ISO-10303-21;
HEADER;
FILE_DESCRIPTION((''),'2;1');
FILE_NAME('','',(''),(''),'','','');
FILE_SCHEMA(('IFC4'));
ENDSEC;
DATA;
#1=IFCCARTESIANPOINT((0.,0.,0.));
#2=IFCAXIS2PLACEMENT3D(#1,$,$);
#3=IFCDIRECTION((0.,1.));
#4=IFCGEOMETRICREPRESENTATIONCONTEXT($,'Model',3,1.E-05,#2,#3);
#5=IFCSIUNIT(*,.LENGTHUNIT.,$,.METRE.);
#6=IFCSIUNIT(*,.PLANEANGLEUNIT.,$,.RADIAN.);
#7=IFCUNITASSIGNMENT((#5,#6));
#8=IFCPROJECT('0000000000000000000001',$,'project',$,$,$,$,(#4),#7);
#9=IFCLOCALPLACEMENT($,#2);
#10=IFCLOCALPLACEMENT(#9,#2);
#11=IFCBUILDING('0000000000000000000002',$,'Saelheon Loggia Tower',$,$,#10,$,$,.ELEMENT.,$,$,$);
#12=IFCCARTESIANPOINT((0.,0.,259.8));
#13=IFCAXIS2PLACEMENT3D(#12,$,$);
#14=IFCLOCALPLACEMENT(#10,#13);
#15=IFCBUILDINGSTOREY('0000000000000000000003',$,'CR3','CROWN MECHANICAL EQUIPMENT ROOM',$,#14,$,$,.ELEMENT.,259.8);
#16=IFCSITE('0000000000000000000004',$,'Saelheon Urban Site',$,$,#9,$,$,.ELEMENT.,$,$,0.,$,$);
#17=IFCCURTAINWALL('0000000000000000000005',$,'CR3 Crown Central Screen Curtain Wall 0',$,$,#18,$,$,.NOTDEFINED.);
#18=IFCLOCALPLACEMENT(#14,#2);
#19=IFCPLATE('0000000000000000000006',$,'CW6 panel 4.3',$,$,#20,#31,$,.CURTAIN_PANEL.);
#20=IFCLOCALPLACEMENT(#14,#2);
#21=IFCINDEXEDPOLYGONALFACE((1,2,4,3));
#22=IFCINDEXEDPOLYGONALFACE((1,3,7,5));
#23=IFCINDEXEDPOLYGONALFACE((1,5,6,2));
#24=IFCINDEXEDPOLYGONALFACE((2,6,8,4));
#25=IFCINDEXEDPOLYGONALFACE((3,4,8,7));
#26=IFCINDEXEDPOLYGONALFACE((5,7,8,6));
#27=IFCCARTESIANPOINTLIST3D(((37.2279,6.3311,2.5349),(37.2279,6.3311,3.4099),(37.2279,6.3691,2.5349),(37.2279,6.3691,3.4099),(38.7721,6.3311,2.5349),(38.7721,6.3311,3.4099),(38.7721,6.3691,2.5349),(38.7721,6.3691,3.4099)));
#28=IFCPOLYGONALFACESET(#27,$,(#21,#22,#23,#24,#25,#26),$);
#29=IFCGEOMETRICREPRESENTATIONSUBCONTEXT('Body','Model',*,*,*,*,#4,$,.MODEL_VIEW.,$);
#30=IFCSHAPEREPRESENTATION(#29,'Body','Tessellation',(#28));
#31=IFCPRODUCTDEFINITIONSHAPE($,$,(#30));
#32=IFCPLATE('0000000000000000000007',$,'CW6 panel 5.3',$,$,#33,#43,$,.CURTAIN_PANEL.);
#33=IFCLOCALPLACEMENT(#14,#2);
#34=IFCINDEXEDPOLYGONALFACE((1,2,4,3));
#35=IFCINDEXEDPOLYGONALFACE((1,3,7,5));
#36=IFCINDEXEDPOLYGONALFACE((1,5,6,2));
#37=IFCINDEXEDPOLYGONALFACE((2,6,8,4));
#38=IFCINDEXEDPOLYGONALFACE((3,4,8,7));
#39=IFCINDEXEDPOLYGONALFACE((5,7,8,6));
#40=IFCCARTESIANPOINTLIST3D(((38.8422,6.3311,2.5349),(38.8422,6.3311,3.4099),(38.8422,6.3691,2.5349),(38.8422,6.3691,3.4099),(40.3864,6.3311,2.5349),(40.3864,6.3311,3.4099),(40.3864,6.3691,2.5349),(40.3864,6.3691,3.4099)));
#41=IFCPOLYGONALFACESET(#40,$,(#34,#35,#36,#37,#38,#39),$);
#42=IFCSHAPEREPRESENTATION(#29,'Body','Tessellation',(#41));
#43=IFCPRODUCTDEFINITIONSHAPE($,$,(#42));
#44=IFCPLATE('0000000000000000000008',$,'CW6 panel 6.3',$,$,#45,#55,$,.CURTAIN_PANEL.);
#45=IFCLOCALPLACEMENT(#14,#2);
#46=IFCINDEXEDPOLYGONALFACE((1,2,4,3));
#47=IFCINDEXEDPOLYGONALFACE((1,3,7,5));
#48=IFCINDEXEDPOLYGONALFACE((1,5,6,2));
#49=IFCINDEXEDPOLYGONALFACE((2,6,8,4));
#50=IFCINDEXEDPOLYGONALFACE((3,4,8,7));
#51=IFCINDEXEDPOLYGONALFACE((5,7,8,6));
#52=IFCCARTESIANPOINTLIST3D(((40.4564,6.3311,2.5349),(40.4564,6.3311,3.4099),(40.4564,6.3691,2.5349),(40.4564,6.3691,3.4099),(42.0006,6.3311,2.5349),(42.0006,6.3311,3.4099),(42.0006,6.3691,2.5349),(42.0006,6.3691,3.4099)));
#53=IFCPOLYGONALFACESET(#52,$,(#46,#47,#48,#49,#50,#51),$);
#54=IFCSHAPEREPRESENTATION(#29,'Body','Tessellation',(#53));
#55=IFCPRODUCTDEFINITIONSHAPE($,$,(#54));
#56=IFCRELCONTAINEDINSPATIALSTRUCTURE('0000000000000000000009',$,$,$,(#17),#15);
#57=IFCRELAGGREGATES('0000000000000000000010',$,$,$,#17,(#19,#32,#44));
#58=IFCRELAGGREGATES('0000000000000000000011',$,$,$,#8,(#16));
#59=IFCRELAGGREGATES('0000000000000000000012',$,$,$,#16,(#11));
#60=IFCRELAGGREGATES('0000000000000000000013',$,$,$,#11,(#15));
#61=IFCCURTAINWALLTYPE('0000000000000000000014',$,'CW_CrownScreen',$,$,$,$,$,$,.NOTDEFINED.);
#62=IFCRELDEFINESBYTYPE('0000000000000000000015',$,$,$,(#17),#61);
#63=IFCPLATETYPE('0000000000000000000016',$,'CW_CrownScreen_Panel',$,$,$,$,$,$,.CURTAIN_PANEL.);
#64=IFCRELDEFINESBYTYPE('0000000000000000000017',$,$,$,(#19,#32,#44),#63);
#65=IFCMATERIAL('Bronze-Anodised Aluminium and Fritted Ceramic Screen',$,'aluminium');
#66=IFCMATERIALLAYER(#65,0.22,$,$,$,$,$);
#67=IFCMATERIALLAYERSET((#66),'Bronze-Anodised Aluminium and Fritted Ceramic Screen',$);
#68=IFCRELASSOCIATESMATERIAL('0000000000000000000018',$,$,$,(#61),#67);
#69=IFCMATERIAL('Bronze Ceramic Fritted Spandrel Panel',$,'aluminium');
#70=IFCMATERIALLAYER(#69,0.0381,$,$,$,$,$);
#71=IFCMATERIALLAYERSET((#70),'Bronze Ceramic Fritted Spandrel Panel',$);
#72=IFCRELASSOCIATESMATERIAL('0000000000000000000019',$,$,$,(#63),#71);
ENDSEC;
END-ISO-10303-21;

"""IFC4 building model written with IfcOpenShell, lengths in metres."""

from ifc_helpers import new_model, si_unit, direction, frame, origin, origin_2d, place, context, subcontext, project, spatial, rectangle, extrude, source, transform, mapped, material, layer, layer_set, type_object, element, aggregate, save


model = new_model("IFC4")

# Units and contexts
model_context = context("Model", 3, precision=1e-05, world=origin(), true_north=direction((0.0, 1.0)))
body_context = subcontext(model_context, "Body", "Model", "MODEL_VIEW")
ifc_project = project(units=[si_unit("LENGTHUNIT", "METRE"), si_unit("PLANEANGLEUNIT", "RADIAN")], contexts=[model_context])

# Site, building, storey
site_placement = place(None, origin())
site = spatial("IfcSite", under=ifc_project, at=site_placement, Name="Saelheon Urban Site", CompositionType="ELEMENT", RefElevation=0.0)
building_placement = place(site_placement, origin())
building = spatial("IfcBuilding", under=site, at=building_placement, Name="Saelheon Loggia Tower", CompositionType="ELEMENT")
storey_placement = place(building_placement, frame((0.0, 0.0, 259.8)))
storey = spatial("IfcBuildingStorey", under=building, at=storey_placement, Name="CR3", Description="CROWN MECHANICAL EQUIPMENT ROOM", CompositionType="ELEMENT", Elevation=259.8)

# Curtain wall, plates
ifc_material_1 = material(Name="Bronze-Anodised Aluminium and Fritted Ceramic Screen", Category="aluminium")
ifc_layer_1 = layer(ifc_material_1, 0.22)
ifc_layer_set_1 = layer_set([ifc_layer_1], Name="Bronze-Anodised Aluminium and Fritted Ceramic Screen")
curtain_wall_type = type_object("IfcCurtainWallType", Name="CW_CrownScreen", PredefinedType="NOTDEFINED", material=ifc_layer_set_1)
curtain_wall_placement = place(storey_placement, origin())
curtain_wall = element("IfcCurtainWall", 1, at=curtain_wall_placement, inside=storey, type_object=curtain_wall_type, Name="CR3 Crown Central Screen Curtain Wall 0", PredefinedType="NOTDEFINED")
ifc_material_2 = material(Name="Bronze Ceramic Fritted Spandrel Panel", Category="aluminium")
ifc_layer_2 = layer(ifc_material_2, 0.0381)
ifc_layer_set_2 = layer_set([ifc_layer_2], Name="Bronze Ceramic Fritted Spandrel Panel")
plate_type = type_object("IfcPlateType", Name="CW_CrownScreen_Panel", PredefinedType="CURTAIN_PANEL", material=ifc_layer_set_2)
shared_shape_1 = source(origin(), body_context, "Body", "SweptSolid", [
    extrude(rectangle(XDim=1.5442, YDim=0.0381, at=origin_2d()), origin(), (0.0, 0.0, 1.0), 0.875),
])
plate_1_placement = place(storey_placement, frame((38.0, 6.3501, 2.5349), z_axis=(0.0, 0.0, 1.0), x_axis=(1.0, 0.0, 0.0)))
plate_1 = element("IfcPlate", 2, at=plate_1_placement, type_object=plate_type, Name="CW6 panel 4.3", PredefinedType="CURTAIN_PANEL", context=body_context, shape_type="MappedRepresentation", body=[
    mapped(shared_shape_1, transform((0.0, 0.0, 0.0), scale=1.0)),
])
plate_2_placement = place(storey_placement, frame((39.6143, 6.3501, 2.5349), z_axis=(0.0, 0.0, 1.0), x_axis=(1.0, 0.0, 0.0)))
plate_2 = element("IfcPlate", 3, at=plate_2_placement, type_object=plate_type, Name="CW6 panel 5.3", PredefinedType="CURTAIN_PANEL", context=body_context, shape_type="MappedRepresentation", body=[
    mapped(shared_shape_1, transform((0.0, 0.0, 0.0), scale=1.0)),
])
plate_3_placement = place(storey_placement, frame((41.2285, 6.3501, 2.5349), z_axis=(0.0, 0.0, 1.0), x_axis=(1.0, 0.0, 0.0)))
plate_3 = element("IfcPlate", 4, at=plate_3_placement, type_object=plate_type, Name="CW6 panel 6.3", PredefinedType="CURTAIN_PANEL", context=body_context, shape_type="MappedRepresentation", body=[
    mapped(shared_shape_1, transform((0.0, 0.0, 0.0), scale=1.0)),
])
aggregate(curtain_wall, [plate_1, plate_2, plate_3])

save(model, "model.ifc")
